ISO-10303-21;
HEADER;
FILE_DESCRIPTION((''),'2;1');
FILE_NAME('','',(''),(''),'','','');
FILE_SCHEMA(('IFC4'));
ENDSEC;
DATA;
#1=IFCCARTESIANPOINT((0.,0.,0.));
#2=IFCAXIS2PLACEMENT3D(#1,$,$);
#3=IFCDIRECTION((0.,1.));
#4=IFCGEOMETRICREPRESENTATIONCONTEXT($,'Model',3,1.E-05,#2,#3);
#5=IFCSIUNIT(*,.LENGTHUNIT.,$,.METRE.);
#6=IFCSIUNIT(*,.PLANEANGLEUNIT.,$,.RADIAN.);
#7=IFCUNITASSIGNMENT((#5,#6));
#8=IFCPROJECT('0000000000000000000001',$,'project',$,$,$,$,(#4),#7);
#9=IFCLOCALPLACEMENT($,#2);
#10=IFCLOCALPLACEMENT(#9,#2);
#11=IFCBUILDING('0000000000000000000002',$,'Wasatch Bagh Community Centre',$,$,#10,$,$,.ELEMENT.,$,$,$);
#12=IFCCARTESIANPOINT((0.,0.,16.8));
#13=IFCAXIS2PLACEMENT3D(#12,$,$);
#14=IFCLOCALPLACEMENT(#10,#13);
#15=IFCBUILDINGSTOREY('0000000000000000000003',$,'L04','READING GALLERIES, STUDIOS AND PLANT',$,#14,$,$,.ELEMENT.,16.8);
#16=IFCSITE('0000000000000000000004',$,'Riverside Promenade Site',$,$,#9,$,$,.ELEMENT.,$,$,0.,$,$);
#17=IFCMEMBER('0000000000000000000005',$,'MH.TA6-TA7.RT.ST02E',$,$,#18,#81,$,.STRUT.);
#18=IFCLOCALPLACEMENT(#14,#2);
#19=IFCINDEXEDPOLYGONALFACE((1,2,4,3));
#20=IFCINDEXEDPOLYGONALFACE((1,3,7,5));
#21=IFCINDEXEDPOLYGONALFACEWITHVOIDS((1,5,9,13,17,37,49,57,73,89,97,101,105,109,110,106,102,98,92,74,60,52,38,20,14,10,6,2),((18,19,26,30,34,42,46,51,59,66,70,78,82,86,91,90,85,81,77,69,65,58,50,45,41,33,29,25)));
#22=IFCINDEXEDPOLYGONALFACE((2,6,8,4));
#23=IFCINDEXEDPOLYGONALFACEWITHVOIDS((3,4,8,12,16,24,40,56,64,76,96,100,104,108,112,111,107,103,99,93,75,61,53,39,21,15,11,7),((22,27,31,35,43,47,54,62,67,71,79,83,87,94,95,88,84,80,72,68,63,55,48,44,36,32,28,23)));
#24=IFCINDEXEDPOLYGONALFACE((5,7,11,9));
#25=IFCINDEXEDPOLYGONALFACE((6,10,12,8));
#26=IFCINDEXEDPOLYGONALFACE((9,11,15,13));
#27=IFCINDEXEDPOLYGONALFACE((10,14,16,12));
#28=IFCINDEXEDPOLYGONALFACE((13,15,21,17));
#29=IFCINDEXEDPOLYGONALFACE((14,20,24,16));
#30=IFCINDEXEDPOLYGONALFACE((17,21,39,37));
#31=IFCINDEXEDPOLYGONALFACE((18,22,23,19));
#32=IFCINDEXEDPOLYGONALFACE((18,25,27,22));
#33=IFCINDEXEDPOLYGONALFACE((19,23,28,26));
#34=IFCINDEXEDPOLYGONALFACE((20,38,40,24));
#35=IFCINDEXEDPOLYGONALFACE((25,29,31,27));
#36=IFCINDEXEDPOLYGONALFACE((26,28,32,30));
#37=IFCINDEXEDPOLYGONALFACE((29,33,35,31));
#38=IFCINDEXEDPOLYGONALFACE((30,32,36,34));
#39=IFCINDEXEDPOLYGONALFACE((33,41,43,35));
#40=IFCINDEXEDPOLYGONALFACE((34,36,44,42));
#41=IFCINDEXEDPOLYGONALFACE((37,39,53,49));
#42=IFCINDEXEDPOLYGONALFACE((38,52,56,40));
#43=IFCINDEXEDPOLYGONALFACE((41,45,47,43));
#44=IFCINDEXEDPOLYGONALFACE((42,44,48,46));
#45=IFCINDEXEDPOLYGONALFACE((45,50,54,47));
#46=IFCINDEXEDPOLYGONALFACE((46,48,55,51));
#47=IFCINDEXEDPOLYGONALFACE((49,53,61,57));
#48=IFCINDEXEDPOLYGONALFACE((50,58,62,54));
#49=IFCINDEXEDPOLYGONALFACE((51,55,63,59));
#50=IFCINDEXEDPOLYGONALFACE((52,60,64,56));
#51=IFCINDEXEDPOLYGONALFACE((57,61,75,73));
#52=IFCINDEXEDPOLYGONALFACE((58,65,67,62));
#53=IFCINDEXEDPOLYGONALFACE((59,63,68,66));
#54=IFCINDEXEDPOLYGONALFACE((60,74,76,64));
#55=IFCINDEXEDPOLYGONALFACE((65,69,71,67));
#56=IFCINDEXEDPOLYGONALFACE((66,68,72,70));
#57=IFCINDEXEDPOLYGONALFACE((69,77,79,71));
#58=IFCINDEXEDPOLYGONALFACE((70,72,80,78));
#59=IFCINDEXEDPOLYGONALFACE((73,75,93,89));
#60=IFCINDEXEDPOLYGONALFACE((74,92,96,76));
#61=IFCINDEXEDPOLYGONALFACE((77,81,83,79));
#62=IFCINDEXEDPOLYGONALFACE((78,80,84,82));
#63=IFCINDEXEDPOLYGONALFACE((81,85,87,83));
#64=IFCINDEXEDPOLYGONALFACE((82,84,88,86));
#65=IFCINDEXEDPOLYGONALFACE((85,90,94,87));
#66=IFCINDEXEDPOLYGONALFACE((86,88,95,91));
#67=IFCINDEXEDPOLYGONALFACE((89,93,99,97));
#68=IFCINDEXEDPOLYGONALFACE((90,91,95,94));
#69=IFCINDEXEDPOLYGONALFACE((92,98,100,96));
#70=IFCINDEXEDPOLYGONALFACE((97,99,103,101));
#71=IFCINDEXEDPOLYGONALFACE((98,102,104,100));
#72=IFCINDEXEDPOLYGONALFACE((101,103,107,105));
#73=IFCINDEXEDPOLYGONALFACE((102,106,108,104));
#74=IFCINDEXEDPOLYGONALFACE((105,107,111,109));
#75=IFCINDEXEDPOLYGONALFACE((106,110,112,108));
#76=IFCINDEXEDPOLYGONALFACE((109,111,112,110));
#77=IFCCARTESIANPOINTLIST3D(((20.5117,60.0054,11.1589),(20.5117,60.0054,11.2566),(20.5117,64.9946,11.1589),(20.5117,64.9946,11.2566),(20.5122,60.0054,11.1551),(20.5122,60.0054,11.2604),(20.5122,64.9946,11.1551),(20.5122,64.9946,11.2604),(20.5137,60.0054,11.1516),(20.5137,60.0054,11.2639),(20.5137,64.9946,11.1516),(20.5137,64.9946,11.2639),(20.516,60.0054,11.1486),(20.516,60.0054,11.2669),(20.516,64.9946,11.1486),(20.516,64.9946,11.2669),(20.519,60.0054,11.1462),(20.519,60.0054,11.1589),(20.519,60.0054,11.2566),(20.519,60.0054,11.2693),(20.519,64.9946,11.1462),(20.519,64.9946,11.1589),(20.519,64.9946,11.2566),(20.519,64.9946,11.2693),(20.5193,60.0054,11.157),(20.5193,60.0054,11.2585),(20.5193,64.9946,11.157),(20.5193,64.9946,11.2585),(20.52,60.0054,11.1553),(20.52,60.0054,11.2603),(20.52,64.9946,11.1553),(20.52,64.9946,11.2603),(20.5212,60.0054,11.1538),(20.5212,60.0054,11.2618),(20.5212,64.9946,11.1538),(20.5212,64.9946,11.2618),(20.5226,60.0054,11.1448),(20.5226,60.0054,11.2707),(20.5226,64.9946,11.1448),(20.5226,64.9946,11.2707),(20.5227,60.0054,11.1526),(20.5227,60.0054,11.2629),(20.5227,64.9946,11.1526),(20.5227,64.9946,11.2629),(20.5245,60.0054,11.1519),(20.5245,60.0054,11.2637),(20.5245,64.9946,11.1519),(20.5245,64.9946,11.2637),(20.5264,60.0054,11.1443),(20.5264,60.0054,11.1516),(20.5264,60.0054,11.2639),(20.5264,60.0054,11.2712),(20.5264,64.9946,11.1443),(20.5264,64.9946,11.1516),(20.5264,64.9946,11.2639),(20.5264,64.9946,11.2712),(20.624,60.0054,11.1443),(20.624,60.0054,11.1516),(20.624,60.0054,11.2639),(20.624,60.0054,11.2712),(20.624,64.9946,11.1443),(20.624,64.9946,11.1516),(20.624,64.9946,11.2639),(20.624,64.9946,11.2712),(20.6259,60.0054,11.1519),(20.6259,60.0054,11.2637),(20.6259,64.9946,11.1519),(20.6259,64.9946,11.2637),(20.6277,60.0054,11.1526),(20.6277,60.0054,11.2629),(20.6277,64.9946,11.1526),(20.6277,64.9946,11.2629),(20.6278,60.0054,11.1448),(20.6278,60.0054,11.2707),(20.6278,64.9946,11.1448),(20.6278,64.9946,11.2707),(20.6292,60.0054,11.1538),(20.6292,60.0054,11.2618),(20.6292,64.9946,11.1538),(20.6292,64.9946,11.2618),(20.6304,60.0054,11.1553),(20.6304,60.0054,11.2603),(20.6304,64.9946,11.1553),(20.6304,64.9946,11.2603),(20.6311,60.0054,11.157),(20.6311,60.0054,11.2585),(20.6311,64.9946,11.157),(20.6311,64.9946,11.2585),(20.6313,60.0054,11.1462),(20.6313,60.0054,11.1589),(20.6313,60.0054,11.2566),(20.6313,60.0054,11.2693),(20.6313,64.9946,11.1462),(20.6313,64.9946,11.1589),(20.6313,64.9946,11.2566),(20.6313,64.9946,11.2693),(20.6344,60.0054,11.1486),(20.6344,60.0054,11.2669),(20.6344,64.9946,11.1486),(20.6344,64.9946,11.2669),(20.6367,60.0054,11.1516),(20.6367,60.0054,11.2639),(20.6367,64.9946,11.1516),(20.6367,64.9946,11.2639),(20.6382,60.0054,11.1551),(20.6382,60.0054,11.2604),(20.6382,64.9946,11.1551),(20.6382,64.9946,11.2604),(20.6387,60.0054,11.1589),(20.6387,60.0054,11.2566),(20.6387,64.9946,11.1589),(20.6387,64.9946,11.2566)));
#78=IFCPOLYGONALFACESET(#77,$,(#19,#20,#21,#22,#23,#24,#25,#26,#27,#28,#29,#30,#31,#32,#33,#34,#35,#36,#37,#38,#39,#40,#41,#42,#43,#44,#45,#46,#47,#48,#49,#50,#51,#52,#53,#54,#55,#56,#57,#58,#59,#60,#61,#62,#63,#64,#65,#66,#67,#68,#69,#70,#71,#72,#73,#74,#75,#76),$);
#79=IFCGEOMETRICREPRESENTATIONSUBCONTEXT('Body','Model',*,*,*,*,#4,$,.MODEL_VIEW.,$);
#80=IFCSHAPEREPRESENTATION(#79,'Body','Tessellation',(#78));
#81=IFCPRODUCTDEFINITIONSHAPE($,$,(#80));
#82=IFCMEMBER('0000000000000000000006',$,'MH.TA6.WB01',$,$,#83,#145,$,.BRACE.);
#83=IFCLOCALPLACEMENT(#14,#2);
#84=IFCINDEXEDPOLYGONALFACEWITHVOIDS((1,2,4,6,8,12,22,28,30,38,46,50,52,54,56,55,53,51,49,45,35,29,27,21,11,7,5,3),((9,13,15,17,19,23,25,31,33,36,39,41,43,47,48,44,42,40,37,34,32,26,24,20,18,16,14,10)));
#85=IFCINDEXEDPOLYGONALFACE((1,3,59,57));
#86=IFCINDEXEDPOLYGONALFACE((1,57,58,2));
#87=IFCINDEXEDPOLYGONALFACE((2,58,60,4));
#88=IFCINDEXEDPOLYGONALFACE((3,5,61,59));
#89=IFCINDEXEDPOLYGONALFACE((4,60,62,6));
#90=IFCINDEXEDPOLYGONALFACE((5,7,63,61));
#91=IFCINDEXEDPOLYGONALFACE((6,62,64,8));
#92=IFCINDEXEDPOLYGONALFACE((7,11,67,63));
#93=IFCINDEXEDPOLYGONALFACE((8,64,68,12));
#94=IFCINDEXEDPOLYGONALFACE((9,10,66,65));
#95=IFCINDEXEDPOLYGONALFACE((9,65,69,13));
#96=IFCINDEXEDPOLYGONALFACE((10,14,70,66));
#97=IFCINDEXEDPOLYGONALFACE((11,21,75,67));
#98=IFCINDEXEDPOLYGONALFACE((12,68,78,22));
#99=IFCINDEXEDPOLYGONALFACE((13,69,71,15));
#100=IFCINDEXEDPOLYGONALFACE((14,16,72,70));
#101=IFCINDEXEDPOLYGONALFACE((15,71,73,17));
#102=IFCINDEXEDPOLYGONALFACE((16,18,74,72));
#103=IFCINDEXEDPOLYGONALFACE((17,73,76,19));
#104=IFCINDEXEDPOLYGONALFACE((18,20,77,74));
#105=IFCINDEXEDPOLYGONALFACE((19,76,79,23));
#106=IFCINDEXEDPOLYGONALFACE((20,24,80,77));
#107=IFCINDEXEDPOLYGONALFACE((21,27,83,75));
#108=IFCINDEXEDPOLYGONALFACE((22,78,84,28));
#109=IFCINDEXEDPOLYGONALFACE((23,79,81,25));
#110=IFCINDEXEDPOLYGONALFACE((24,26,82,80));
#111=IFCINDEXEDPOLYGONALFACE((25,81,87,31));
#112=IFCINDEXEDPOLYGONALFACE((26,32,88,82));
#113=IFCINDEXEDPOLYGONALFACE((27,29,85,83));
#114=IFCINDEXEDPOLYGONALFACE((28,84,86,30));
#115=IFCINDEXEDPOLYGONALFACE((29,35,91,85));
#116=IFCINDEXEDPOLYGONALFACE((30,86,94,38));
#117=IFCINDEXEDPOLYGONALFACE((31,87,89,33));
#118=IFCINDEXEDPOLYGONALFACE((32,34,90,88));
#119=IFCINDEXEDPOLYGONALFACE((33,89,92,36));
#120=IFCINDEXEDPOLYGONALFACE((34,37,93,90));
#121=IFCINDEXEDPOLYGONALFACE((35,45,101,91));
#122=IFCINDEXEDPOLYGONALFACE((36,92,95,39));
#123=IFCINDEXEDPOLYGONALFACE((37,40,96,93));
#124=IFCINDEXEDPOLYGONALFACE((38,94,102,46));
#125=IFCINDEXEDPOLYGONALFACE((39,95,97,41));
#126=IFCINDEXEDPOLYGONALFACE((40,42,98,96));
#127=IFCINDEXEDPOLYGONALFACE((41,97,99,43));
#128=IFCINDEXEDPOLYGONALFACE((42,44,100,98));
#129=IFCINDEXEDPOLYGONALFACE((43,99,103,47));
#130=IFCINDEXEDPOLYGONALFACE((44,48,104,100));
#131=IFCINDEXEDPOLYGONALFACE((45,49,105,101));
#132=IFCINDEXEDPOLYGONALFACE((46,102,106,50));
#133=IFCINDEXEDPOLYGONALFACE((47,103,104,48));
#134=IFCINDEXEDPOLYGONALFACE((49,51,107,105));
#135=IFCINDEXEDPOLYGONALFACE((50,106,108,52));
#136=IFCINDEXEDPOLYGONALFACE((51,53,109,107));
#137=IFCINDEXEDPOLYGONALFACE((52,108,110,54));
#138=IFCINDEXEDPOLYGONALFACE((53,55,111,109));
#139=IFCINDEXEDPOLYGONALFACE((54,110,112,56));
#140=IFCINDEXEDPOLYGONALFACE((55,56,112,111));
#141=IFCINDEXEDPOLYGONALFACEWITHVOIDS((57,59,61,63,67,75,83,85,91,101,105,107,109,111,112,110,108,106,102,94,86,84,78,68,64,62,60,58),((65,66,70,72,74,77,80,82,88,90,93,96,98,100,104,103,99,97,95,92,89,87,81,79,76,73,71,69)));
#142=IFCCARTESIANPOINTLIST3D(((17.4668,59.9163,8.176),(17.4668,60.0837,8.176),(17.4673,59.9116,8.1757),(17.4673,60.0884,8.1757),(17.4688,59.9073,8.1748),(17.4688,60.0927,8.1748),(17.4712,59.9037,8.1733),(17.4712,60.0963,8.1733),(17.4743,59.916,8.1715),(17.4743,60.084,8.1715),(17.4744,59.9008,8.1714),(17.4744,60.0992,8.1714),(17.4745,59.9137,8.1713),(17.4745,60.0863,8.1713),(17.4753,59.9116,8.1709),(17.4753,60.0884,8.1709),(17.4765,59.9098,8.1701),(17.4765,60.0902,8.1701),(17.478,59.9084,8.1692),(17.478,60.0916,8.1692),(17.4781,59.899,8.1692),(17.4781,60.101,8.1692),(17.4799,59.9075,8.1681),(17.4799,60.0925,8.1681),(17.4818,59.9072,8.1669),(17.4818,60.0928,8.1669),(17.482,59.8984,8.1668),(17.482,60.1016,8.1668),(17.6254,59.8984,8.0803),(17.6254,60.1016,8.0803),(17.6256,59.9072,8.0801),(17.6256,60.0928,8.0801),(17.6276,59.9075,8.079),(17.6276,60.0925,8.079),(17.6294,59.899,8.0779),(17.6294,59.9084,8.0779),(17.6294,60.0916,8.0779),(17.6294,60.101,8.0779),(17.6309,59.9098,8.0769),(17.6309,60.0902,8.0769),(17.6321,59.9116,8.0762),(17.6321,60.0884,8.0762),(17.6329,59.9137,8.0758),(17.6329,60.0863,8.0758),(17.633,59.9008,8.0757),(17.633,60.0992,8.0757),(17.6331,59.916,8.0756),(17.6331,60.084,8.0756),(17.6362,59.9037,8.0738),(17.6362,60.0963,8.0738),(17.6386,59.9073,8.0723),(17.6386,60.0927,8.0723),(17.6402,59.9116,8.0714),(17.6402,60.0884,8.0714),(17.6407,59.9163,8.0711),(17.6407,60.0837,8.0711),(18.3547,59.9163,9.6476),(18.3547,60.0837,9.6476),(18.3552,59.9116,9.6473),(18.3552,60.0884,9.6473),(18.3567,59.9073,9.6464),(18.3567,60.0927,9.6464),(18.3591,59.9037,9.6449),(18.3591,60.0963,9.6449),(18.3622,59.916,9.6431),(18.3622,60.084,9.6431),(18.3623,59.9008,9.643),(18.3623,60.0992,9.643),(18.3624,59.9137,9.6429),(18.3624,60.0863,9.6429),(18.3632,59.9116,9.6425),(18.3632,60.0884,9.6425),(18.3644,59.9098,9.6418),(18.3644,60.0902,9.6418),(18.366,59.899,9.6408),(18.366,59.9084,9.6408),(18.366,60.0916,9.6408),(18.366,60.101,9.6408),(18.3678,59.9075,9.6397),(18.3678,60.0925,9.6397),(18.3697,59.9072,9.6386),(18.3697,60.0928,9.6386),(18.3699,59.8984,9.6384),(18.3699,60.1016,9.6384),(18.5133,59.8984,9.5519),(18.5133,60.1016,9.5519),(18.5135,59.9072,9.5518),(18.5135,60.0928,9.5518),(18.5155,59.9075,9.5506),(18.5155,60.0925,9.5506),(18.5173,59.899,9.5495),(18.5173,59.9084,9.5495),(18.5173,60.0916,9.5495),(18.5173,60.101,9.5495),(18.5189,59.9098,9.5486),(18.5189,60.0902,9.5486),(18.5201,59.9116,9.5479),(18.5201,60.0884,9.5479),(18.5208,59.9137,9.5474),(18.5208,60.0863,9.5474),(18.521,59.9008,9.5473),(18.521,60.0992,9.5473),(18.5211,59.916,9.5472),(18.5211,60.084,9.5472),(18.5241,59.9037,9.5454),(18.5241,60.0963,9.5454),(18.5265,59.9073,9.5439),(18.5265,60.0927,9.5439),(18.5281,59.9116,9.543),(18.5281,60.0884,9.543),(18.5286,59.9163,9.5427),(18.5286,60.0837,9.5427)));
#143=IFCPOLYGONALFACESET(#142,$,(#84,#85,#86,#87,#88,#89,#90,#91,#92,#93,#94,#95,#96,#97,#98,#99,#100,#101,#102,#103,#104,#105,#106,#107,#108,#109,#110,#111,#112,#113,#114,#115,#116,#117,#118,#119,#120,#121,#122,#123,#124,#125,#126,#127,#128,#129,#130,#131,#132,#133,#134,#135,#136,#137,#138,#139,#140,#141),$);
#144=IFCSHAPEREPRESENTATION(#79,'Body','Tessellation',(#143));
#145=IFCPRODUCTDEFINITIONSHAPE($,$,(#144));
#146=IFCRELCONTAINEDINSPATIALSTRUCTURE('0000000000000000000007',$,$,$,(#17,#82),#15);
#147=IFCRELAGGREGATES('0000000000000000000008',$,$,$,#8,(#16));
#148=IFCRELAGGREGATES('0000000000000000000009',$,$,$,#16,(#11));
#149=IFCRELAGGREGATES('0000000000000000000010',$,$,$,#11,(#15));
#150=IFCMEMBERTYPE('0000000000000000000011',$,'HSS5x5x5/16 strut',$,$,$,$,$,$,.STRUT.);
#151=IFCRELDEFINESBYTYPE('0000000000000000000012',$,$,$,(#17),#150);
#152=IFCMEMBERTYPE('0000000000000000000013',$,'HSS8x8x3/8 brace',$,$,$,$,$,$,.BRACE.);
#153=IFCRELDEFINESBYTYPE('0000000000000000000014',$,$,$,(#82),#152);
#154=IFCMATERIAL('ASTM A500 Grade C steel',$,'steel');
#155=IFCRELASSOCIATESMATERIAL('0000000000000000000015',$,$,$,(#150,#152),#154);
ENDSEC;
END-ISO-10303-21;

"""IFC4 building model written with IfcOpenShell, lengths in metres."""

from ifc_helpers import new_model, si_unit, direction, frame, origin, origin_2d, place, context, subcontext, project, spatial, hollow_rectangle, extrude, material, material_profile, profile_set, type_object, element, save


model = new_model("IFC4")

# Units and contexts
model_context = context("Model", 3, precision=1e-05, world=origin(), true_north=direction((0.0, 1.0)))
body_context = subcontext(model_context, "Body", "Model", "MODEL_VIEW")
ifc_project = project(units=[si_unit("LENGTHUNIT", "METRE"), si_unit("PLANEANGLEUNIT", "RADIAN")], contexts=[model_context])

# Site, building, storey
site_placement = place(None, origin())
site = spatial("IfcSite", under=ifc_project, at=site_placement, Name="Riverside Promenade Site", CompositionType="ELEMENT", RefElevation=0.0)
building_placement = place(site_placement, origin())
building = spatial("IfcBuilding", under=site, at=building_placement, Name="Wasatch Bagh Community Centre", CompositionType="ELEMENT")
storey_placement = place(building_placement, frame((0.0, 0.0, 16.8)))
storey = spatial("IfcBuildingStorey", under=building, at=storey_placement, Name="L04", Description="READING GALLERIES, STUDIOS AND PLANT", CompositionType="ELEMENT", Elevation=16.8)

# Members
ifc_material_1 = material(Name="ASTM A500 Grade C steel", Category="steel")
ifc_material_profile_1 = material_profile(ifc_material_1, hollow_rectangle(XDim=0.127, YDim=0.127, WallThickness=0.0073, InnerFilletRadius=0.0073, OuterFilletRadius=0.0146, at=origin_2d()), Name="HSS5x5x5/16")
ifc_profile_set_1 = profile_set([ifc_material_profile_1], Name="ASTM A500 Grade C steel")
member_type_1 = type_object("IfcMemberType", Name="HSS5x5x5/16 strut", PredefinedType="STRUT", material=ifc_profile_set_1)
for number, where, z_axis, x_axis, name in (
    (1, (20.5752, 60.0054, 11.2078), (0.0, 1.0, 0.0), (-1.0, 0.0, 0.0), "MH.TA6-TA7.RT.ST02E"),
):
    element("IfcMember", number, at=place(storey_placement, frame(where, z_axis=z_axis, x_axis=x_axis)), inside=storey, type_object=member_type_1, Name=name, PredefinedType="STRUT", context=body_context, shape_type="SweptSolid", body=[
        extrude(hollow_rectangle(XDim=0.127, YDim=0.127, WallThickness=0.0073, InnerFilletRadius=0.0073, OuterFilletRadius=0.0146, at=origin_2d()), origin(), (0.0, 0.0, 1.0), 4.9893),
    ])
ifc_material_profile_2 = material_profile(ifc_material_1, hollow_rectangle(XDim=0.2031, YDim=0.2031, WallThickness=0.0088, InnerFilletRadius=0.0088, OuterFilletRadius=0.0178, at=origin_2d()), Name="HSS8x8x3/8")
ifc_profile_set_2 = profile_set([ifc_material_profile_2], Name="ASTM A500 Grade C steel")
member_type_2 = type_object("IfcMemberType", Name="HSS8x8x3/8 brace", PredefinedType="BRACE", material=ifc_profile_set_2)
member_1_placement = place(storey_placement, frame((17.5537, 60.0, 8.1235), z_axis=(0.516604, 0.0, 0.856224), x_axis=(0.0, 1.0, 0.0)))
element("IfcMember", 2, at=member_1_placement, inside=storey, type_object=member_type_2, Name="MH.TA6.WB01", PredefinedType="BRACE", context=body_context, shape_type="SweptSolid", body=[
    extrude(hollow_rectangle(XDim=0.2031, YDim=0.2031, WallThickness=0.0088, InnerFilletRadius=0.0088, OuterFilletRadius=0.0178, at=origin_2d()), origin(), (0.0, 0.0, 1.0), 1.7188),
])

save(model, "model.ifc")
